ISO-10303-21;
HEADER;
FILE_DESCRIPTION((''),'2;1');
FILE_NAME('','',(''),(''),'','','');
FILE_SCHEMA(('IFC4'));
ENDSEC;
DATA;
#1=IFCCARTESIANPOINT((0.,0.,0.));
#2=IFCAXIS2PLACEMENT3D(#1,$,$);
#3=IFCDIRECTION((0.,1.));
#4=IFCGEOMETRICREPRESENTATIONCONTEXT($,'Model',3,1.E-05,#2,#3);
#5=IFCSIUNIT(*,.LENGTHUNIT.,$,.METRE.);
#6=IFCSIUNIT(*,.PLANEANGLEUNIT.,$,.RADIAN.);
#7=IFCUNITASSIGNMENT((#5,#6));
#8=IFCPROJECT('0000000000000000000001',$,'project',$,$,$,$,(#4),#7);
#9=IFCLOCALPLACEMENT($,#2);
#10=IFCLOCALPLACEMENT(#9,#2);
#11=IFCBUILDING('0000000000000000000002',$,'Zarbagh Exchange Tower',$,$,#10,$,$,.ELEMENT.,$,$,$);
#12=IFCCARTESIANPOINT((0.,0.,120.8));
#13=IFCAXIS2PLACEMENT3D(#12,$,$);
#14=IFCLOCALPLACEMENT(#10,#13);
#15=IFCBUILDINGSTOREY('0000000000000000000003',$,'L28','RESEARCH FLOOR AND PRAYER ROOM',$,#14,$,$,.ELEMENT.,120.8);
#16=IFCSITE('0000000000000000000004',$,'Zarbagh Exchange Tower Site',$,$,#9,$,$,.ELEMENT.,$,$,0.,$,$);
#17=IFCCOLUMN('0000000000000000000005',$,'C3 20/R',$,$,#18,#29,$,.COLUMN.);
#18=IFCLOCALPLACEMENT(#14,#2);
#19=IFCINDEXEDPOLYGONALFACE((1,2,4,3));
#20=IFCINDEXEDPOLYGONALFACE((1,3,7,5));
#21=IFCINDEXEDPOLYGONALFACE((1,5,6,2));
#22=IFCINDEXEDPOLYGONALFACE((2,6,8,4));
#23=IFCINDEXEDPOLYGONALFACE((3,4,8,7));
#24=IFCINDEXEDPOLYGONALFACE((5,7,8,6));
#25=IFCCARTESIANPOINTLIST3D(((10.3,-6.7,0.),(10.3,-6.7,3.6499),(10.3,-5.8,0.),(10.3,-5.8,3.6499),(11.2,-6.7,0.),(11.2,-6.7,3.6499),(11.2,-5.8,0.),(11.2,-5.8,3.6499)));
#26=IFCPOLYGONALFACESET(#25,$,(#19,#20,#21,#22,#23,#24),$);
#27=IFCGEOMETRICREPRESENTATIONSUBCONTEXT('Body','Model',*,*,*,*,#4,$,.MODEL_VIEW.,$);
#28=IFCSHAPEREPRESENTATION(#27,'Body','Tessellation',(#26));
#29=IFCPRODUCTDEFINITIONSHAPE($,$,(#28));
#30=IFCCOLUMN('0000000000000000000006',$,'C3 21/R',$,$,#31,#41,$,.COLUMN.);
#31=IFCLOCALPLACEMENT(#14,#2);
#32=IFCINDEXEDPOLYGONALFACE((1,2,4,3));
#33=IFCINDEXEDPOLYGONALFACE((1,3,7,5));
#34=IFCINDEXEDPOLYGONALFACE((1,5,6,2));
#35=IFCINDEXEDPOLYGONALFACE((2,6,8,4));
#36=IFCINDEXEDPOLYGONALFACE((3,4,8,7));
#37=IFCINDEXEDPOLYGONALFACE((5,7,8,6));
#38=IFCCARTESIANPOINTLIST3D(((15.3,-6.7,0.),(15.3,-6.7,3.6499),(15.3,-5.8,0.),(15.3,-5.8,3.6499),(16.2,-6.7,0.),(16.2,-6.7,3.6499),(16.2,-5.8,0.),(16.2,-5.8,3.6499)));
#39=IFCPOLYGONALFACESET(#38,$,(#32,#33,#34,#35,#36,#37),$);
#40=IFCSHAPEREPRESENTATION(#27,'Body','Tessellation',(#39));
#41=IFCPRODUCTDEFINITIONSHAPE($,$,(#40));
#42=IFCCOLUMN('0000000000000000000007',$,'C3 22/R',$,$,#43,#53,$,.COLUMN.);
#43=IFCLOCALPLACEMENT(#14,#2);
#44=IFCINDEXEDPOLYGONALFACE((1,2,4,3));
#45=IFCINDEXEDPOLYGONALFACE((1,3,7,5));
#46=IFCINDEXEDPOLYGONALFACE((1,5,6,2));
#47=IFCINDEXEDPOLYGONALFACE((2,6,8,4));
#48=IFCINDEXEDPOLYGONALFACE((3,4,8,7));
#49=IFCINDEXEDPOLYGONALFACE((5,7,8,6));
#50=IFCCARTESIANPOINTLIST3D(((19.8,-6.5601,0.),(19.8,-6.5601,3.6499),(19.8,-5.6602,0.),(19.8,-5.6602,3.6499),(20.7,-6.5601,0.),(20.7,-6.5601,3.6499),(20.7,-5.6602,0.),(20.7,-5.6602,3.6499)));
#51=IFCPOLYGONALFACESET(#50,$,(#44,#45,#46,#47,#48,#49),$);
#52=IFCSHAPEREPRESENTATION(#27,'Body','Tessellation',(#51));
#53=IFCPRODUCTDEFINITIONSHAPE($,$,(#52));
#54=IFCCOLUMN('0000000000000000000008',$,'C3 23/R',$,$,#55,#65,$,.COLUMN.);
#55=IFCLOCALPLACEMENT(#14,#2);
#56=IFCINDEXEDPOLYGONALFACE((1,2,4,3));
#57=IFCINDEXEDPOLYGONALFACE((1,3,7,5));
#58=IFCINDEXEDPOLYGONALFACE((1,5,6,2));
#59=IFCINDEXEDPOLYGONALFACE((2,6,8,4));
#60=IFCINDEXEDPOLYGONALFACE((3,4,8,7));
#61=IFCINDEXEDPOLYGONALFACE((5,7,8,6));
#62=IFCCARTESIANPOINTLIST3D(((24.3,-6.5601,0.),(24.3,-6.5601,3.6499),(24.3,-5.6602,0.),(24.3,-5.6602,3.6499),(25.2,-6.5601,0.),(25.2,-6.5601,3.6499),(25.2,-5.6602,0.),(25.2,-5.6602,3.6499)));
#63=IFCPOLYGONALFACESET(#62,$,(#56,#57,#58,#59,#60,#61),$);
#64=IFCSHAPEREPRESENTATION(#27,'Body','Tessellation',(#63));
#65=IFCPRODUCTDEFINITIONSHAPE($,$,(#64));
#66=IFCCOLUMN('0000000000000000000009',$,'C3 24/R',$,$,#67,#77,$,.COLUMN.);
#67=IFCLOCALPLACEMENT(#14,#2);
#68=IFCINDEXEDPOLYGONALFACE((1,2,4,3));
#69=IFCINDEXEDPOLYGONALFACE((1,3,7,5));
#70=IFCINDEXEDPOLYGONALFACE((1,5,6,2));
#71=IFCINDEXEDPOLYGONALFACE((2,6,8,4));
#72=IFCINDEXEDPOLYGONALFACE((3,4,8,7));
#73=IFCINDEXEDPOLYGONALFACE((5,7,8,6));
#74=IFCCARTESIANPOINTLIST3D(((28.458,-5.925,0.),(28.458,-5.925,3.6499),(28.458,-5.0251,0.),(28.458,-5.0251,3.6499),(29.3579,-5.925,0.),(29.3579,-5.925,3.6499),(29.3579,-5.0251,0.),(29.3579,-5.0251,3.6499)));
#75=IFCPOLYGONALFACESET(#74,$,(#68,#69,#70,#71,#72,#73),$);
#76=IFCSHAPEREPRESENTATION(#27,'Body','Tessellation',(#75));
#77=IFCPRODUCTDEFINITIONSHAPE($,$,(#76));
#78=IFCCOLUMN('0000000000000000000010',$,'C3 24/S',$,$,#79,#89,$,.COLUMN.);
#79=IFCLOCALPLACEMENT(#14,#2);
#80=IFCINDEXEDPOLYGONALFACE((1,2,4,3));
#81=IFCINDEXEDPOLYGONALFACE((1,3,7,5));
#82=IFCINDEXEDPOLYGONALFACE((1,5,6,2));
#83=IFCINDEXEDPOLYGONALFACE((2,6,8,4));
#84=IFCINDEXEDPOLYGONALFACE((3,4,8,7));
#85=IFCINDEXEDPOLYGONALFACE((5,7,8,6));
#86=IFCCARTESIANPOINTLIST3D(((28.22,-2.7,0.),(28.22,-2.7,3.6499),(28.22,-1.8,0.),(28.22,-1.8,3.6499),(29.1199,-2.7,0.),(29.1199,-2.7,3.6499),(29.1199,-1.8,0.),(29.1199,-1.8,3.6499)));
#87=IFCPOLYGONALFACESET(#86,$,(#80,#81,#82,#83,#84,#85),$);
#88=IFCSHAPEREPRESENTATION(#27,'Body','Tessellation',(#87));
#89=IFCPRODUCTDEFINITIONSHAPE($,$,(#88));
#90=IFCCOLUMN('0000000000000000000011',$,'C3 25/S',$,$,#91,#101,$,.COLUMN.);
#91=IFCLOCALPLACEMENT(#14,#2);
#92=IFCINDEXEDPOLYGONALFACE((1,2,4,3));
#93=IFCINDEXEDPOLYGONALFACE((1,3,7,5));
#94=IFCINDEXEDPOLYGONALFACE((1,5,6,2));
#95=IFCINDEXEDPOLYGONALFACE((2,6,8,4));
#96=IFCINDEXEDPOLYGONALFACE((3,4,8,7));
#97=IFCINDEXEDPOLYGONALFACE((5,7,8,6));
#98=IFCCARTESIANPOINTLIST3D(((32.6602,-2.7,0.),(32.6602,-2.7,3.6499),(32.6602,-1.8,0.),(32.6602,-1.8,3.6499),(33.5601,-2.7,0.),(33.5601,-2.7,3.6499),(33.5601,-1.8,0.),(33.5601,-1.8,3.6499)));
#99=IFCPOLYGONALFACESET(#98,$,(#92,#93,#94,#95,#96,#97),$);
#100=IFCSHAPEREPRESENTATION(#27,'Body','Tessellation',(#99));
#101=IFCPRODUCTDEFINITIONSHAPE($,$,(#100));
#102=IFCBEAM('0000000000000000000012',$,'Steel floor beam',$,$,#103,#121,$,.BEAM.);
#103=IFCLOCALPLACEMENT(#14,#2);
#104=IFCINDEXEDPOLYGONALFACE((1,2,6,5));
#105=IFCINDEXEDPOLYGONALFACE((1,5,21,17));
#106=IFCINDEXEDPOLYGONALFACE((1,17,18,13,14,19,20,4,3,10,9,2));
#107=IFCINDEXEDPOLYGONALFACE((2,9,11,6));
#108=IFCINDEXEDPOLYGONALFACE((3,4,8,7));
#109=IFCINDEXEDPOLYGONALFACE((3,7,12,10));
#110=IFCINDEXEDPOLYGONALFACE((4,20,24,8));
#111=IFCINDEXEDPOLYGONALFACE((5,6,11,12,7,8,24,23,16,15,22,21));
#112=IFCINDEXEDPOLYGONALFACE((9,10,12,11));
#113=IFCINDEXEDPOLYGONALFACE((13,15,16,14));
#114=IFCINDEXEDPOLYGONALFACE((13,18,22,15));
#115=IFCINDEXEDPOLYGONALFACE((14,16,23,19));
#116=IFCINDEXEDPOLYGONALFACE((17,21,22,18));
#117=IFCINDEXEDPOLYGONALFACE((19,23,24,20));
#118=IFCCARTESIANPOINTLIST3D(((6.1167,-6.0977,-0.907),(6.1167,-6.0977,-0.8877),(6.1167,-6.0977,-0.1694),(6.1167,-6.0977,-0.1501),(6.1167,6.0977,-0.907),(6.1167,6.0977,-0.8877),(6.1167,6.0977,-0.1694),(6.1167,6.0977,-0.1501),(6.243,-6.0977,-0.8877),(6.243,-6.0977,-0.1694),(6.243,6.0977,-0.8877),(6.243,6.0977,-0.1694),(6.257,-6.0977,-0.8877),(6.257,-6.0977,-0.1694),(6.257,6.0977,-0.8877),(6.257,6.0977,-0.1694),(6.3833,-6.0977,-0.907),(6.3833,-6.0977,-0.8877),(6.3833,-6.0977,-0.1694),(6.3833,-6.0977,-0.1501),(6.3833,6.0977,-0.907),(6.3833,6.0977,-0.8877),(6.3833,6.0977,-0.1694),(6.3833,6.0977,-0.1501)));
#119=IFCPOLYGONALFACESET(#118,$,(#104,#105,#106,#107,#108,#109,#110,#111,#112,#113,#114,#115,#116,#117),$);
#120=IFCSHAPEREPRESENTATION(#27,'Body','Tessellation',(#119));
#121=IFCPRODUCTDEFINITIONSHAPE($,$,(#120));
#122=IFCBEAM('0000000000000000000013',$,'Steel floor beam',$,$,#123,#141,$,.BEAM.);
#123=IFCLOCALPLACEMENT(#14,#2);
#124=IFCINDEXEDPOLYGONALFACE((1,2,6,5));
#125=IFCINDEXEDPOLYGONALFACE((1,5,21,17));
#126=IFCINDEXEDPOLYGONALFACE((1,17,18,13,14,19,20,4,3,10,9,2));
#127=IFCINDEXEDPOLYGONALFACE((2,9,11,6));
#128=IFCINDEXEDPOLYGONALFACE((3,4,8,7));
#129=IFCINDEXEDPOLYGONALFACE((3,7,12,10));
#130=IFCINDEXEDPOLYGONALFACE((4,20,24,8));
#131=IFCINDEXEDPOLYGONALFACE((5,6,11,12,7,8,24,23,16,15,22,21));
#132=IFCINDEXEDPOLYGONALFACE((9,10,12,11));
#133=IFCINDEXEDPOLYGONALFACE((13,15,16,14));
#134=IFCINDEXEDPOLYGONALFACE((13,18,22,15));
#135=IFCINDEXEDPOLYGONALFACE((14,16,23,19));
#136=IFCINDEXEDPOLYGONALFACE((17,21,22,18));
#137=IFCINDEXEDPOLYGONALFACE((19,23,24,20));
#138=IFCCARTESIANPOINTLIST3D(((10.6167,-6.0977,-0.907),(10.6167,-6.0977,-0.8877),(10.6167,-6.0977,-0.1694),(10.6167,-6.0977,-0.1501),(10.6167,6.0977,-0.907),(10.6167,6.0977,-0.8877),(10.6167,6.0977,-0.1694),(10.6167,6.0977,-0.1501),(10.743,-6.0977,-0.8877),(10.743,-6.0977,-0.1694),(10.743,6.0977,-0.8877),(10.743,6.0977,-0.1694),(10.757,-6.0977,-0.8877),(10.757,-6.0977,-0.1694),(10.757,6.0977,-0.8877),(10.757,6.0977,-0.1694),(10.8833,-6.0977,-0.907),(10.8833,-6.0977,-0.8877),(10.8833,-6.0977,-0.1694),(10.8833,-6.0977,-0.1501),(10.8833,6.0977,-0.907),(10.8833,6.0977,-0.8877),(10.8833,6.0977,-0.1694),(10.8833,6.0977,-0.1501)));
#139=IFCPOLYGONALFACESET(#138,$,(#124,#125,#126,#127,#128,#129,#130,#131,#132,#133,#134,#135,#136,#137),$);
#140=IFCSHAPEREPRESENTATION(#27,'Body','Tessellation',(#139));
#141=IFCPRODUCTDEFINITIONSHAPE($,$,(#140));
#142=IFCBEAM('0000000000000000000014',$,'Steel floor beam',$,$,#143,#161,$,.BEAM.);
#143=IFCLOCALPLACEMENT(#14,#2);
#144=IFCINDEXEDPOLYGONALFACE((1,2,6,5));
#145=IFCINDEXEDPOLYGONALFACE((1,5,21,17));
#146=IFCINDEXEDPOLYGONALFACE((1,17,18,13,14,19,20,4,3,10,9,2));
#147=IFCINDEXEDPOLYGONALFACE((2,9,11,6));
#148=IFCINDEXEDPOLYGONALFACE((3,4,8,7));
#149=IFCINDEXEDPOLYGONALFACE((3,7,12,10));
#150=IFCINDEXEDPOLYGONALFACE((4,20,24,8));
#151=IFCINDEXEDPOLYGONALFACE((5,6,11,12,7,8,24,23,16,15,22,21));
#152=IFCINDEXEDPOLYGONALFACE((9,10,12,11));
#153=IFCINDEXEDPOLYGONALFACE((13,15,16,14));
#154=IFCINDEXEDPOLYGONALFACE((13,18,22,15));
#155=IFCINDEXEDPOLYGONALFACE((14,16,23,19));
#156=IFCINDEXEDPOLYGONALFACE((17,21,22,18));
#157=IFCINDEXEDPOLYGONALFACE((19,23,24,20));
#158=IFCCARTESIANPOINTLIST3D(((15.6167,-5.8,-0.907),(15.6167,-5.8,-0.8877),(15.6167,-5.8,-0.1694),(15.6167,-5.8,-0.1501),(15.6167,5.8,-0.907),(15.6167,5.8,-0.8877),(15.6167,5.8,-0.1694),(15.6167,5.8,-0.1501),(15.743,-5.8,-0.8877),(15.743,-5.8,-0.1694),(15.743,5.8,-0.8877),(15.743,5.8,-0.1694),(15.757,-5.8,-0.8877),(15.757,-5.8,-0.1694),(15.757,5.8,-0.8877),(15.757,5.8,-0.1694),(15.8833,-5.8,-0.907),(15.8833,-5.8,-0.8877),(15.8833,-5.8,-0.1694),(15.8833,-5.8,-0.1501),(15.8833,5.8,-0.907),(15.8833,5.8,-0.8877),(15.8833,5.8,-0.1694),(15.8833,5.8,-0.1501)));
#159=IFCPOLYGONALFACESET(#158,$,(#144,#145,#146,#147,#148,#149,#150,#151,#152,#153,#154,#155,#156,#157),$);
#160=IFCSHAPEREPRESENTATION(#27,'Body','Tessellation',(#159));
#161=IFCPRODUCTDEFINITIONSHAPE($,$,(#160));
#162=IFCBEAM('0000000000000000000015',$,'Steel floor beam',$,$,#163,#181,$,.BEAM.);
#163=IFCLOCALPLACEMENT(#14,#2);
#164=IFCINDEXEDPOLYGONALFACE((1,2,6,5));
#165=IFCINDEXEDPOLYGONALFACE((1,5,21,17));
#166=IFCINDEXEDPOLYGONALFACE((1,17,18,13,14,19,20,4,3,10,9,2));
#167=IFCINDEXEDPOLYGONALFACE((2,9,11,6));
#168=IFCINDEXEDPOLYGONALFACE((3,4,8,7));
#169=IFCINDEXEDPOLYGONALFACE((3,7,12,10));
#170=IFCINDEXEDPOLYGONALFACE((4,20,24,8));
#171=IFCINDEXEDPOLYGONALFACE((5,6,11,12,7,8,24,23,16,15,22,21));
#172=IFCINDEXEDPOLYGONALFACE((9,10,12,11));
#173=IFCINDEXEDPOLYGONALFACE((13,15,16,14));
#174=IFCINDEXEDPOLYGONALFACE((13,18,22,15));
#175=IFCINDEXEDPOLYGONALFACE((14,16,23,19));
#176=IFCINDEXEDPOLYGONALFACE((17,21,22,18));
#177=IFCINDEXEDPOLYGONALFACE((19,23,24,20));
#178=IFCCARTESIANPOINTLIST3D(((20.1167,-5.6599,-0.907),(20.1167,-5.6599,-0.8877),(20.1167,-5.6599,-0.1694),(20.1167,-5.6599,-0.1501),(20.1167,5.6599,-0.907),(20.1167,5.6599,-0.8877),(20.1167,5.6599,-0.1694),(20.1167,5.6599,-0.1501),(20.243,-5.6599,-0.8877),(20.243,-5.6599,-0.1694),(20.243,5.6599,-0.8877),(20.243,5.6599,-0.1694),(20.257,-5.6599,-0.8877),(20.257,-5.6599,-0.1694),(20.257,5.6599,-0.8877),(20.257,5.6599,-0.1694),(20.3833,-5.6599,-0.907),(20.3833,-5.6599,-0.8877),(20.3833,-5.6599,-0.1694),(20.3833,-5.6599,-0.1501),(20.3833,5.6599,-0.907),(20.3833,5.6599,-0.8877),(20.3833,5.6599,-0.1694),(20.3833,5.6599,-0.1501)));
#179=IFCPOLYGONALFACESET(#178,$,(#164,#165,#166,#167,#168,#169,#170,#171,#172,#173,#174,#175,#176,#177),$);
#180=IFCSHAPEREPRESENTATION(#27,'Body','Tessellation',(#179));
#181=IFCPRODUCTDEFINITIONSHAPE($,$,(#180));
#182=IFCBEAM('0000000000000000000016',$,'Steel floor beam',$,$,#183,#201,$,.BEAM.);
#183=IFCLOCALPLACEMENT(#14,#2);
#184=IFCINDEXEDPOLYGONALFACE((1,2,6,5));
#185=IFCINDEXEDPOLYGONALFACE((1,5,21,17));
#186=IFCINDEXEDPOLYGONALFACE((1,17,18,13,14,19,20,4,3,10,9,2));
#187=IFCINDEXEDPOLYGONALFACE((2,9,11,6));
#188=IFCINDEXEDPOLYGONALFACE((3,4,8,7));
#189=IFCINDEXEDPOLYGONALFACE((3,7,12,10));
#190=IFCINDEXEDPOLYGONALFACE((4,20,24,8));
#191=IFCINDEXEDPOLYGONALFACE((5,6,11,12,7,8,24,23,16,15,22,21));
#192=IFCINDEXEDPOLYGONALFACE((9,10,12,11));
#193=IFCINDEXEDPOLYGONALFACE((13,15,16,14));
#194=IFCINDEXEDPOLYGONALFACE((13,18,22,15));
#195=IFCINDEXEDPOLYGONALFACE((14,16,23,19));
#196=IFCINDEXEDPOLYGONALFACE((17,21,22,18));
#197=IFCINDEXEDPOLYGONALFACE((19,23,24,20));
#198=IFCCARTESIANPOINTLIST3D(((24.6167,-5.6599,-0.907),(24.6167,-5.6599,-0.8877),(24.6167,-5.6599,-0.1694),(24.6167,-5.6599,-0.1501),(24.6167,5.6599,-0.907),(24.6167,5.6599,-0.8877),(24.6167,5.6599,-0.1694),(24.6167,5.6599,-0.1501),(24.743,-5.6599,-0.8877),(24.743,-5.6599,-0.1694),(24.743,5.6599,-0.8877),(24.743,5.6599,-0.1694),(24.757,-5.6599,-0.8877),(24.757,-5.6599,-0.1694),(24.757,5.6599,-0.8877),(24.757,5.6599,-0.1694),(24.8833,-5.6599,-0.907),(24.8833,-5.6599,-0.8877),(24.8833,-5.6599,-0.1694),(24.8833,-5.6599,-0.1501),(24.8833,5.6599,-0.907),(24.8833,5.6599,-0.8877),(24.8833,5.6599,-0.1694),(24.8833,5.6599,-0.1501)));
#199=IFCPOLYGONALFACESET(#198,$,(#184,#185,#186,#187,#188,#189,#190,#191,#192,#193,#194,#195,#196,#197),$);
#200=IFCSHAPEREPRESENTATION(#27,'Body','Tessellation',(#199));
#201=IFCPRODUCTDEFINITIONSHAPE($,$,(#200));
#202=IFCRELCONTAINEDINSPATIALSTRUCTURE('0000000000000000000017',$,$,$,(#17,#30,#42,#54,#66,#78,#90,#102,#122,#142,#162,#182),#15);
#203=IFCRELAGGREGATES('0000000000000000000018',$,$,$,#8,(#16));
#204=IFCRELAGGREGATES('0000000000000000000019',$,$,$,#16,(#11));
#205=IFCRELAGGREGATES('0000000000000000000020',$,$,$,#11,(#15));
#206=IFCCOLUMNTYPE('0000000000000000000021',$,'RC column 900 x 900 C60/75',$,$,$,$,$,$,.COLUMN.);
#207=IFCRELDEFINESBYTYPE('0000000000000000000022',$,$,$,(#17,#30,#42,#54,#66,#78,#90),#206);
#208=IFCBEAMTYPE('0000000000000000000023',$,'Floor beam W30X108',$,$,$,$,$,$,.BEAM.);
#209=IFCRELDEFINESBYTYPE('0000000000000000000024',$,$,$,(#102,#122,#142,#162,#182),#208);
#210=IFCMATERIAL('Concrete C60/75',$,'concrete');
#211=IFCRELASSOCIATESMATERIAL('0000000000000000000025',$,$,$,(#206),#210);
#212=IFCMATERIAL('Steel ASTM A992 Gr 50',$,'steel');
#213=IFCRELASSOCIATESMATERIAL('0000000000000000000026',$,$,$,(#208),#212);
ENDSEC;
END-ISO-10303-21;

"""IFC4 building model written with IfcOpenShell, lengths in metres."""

from ifc_helpers import new_model, si_unit, direction, frame, origin, origin_2d, place, context, subcontext, project, spatial, rectangle, i_section, extrude, material, material_profile, profile_set, type_object, element, save


model = new_model("IFC4")

# Units and contexts
model_context = context("Model", 3, precision=1e-05, world=origin(), true_north=direction((0.0, 1.0)))
body_context = subcontext(model_context, "Body", "Model", "MODEL_VIEW")
ifc_project = project(units=[si_unit("LENGTHUNIT", "METRE"), si_unit("PLANEANGLEUNIT", "RADIAN")], contexts=[model_context])

# Site, building, storey
site_placement = place(None, origin())
site = spatial("IfcSite", under=ifc_project, at=site_placement, Name="Zarbagh Exchange Tower Site", CompositionType="ELEMENT", RefElevation=0.0)
building_placement = place(site_placement, origin())
building = spatial("IfcBuilding", under=site, at=building_placement, Name="Zarbagh Exchange Tower", CompositionType="ELEMENT")
storey_placement = place(building_placement, frame((0.0, 0.0, 120.8)))
storey = spatial("IfcBuildingStorey", under=building, at=storey_placement, Name="L28", Description="RESEARCH FLOOR AND PRAYER ROOM", CompositionType="ELEMENT", Elevation=120.8)

# Columns
ifc_material_1 = material(Name="Concrete C60/75", Category="concrete")
ifc_material_profile_1 = material_profile(ifc_material_1, rectangle(XDim=0.8999, YDim=0.8999, at=origin_2d()), Name="RC column 900 x 900 C60/75")
ifc_profile_set_1 = profile_set([ifc_material_profile_1], Name="Concrete C60/75")
column_type = type_object("IfcColumnType", Name="RC column 900 x 900 C60/75", PredefinedType="COLUMN", material=ifc_profile_set_1)
for number, where, z_axis, x_axis, name in (
    (1, (10.75, -6.25, 0.0), (0.0, 0.0, 1.0), (1.0, 0.0, 0.0), "C3 20/R"),
    (2, (15.75, -6.25, 0.0), (0.0, 0.0, 1.0), (1.0, 0.0, 0.0), "C3 21/R"),
    (3, (20.25, -6.1101, 0.0), (0.0, 0.0, 1.0), (1.0, 0.0, 0.0), "C3 22/R"),
    (4, (24.75, -6.1101, 0.0), (0.0, 0.0, 1.0), (1.0, 0.0, 0.0), "C3 23/R"),
    (5, (28.908, -5.4751, 0.0), (0.0, 0.0, 1.0), (1.0, 0.0, 0.0), "C3 24/R"),
    (6, (28.6699, -2.25, 0.0), (0.0, 0.0, 1.0), (1.0, 0.0, 0.0), "C3 24/S"),
    (7, (33.1101, -2.25, 0.0), (0.0, 0.0, 1.0), (1.0, 0.0, 0.0), "C3 25/S"),
):
    element("IfcColumn", number, at=place(storey_placement, frame(where, z_axis=z_axis, x_axis=x_axis)), inside=storey, type_object=column_type, Name=name, PredefinedType="COLUMN", context=body_context, shape_type="SweptSolid", body=[
        extrude(rectangle(XDim=0.8999, YDim=0.8999, at=origin_2d()), origin(), (0.0, 0.0, 1.0), 3.6499),
    ])

# Beams
ifc_material_2 = material(Name="Steel ASTM A992 Gr 50", Category="steel")
ifc_material_profile_2 = material_profile(ifc_material_2, i_section(OverallWidth=0.2666, OverallDepth=0.7568, WebThickness=0.0139, FlangeThickness=0.0193, at=origin_2d()), Name="W30X108")
ifc_profile_set_2 = profile_set([ifc_material_profile_2], Name="Steel ASTM A992 Gr 50")
beam_type_1 = type_object("IfcBeamType", Name="Floor beam W30X108", PredefinedType="BEAM", material=ifc_profile_set_2)
for number, where, z_axis, x_axis, name in (
    (8, (6.25, -6.0977, -0.5286), (0.0, 1.0, 0.0), (-1.0, 0.0, 0.0), "Steel floor beam"),
    (9, (10.75, -6.0977, -0.5286), (0.0, 1.0, 0.0), (-1.0, 0.0, 0.0), "Steel floor beam"),
):
    element("IfcBeam", number, at=place(storey_placement, frame(where, z_axis=z_axis, x_axis=x_axis)), inside=storey, type_object=beam_type_1, Name=name, PredefinedType="BEAM", context=body_context, shape_type="SweptSolid", body=[
        extrude(i_section(OverallWidth=0.2666, OverallDepth=0.7568, WebThickness=0.0139, FlangeThickness=0.0193, at=origin_2d()), origin(), (0.0, 0.0, 1.0), 12.1953),
    ])
beam_1_placement = place(storey_placement, frame((15.75, -5.8, -0.5286), z_axis=(0.0, 1.0, 0.0), x_axis=(-1.0, 0.0, 0.0)))
element("IfcBeam", 10, at=beam_1_placement, inside=storey, type_object=beam_type_1, Name="Steel floor beam", PredefinedType="BEAM", context=body_context, shape_type="SweptSolid", body=[
    extrude(i_section(OverallWidth=0.2666, OverallDepth=0.7568, WebThickness=0.0139, FlangeThickness=0.0193, at=origin_2d()), origin(), (0.0, 0.0, 1.0), 11.6001),
])
for number, where, z_axis, x_axis, name in (
    (11, (20.25, -5.6599, -0.5286), (0.0, 1.0, 0.0), (-1.0, 0.0, 0.0), "Steel floor beam"),
    (12, (24.75, -5.6599, -0.5286), (0.0, 1.0, 0.0), (-1.0, 0.0, 0.0), "Steel floor beam"),
):
    element("IfcBeam", number, at=place(storey_placement, frame(where, z_axis=z_axis, x_axis=x_axis)), inside=storey, type_object=beam_type_1, Name=name, PredefinedType="BEAM", context=body_context, shape_type="SweptSolid", body=[
        extrude(i_section(OverallWidth=0.2666, OverallDepth=0.7568, WebThickness=0.0139, FlangeThickness=0.0193, at=origin_2d()), origin(), (0.0, 0.0, 1.0), 11.3198),
    ])

save(model, "model.ifc")
